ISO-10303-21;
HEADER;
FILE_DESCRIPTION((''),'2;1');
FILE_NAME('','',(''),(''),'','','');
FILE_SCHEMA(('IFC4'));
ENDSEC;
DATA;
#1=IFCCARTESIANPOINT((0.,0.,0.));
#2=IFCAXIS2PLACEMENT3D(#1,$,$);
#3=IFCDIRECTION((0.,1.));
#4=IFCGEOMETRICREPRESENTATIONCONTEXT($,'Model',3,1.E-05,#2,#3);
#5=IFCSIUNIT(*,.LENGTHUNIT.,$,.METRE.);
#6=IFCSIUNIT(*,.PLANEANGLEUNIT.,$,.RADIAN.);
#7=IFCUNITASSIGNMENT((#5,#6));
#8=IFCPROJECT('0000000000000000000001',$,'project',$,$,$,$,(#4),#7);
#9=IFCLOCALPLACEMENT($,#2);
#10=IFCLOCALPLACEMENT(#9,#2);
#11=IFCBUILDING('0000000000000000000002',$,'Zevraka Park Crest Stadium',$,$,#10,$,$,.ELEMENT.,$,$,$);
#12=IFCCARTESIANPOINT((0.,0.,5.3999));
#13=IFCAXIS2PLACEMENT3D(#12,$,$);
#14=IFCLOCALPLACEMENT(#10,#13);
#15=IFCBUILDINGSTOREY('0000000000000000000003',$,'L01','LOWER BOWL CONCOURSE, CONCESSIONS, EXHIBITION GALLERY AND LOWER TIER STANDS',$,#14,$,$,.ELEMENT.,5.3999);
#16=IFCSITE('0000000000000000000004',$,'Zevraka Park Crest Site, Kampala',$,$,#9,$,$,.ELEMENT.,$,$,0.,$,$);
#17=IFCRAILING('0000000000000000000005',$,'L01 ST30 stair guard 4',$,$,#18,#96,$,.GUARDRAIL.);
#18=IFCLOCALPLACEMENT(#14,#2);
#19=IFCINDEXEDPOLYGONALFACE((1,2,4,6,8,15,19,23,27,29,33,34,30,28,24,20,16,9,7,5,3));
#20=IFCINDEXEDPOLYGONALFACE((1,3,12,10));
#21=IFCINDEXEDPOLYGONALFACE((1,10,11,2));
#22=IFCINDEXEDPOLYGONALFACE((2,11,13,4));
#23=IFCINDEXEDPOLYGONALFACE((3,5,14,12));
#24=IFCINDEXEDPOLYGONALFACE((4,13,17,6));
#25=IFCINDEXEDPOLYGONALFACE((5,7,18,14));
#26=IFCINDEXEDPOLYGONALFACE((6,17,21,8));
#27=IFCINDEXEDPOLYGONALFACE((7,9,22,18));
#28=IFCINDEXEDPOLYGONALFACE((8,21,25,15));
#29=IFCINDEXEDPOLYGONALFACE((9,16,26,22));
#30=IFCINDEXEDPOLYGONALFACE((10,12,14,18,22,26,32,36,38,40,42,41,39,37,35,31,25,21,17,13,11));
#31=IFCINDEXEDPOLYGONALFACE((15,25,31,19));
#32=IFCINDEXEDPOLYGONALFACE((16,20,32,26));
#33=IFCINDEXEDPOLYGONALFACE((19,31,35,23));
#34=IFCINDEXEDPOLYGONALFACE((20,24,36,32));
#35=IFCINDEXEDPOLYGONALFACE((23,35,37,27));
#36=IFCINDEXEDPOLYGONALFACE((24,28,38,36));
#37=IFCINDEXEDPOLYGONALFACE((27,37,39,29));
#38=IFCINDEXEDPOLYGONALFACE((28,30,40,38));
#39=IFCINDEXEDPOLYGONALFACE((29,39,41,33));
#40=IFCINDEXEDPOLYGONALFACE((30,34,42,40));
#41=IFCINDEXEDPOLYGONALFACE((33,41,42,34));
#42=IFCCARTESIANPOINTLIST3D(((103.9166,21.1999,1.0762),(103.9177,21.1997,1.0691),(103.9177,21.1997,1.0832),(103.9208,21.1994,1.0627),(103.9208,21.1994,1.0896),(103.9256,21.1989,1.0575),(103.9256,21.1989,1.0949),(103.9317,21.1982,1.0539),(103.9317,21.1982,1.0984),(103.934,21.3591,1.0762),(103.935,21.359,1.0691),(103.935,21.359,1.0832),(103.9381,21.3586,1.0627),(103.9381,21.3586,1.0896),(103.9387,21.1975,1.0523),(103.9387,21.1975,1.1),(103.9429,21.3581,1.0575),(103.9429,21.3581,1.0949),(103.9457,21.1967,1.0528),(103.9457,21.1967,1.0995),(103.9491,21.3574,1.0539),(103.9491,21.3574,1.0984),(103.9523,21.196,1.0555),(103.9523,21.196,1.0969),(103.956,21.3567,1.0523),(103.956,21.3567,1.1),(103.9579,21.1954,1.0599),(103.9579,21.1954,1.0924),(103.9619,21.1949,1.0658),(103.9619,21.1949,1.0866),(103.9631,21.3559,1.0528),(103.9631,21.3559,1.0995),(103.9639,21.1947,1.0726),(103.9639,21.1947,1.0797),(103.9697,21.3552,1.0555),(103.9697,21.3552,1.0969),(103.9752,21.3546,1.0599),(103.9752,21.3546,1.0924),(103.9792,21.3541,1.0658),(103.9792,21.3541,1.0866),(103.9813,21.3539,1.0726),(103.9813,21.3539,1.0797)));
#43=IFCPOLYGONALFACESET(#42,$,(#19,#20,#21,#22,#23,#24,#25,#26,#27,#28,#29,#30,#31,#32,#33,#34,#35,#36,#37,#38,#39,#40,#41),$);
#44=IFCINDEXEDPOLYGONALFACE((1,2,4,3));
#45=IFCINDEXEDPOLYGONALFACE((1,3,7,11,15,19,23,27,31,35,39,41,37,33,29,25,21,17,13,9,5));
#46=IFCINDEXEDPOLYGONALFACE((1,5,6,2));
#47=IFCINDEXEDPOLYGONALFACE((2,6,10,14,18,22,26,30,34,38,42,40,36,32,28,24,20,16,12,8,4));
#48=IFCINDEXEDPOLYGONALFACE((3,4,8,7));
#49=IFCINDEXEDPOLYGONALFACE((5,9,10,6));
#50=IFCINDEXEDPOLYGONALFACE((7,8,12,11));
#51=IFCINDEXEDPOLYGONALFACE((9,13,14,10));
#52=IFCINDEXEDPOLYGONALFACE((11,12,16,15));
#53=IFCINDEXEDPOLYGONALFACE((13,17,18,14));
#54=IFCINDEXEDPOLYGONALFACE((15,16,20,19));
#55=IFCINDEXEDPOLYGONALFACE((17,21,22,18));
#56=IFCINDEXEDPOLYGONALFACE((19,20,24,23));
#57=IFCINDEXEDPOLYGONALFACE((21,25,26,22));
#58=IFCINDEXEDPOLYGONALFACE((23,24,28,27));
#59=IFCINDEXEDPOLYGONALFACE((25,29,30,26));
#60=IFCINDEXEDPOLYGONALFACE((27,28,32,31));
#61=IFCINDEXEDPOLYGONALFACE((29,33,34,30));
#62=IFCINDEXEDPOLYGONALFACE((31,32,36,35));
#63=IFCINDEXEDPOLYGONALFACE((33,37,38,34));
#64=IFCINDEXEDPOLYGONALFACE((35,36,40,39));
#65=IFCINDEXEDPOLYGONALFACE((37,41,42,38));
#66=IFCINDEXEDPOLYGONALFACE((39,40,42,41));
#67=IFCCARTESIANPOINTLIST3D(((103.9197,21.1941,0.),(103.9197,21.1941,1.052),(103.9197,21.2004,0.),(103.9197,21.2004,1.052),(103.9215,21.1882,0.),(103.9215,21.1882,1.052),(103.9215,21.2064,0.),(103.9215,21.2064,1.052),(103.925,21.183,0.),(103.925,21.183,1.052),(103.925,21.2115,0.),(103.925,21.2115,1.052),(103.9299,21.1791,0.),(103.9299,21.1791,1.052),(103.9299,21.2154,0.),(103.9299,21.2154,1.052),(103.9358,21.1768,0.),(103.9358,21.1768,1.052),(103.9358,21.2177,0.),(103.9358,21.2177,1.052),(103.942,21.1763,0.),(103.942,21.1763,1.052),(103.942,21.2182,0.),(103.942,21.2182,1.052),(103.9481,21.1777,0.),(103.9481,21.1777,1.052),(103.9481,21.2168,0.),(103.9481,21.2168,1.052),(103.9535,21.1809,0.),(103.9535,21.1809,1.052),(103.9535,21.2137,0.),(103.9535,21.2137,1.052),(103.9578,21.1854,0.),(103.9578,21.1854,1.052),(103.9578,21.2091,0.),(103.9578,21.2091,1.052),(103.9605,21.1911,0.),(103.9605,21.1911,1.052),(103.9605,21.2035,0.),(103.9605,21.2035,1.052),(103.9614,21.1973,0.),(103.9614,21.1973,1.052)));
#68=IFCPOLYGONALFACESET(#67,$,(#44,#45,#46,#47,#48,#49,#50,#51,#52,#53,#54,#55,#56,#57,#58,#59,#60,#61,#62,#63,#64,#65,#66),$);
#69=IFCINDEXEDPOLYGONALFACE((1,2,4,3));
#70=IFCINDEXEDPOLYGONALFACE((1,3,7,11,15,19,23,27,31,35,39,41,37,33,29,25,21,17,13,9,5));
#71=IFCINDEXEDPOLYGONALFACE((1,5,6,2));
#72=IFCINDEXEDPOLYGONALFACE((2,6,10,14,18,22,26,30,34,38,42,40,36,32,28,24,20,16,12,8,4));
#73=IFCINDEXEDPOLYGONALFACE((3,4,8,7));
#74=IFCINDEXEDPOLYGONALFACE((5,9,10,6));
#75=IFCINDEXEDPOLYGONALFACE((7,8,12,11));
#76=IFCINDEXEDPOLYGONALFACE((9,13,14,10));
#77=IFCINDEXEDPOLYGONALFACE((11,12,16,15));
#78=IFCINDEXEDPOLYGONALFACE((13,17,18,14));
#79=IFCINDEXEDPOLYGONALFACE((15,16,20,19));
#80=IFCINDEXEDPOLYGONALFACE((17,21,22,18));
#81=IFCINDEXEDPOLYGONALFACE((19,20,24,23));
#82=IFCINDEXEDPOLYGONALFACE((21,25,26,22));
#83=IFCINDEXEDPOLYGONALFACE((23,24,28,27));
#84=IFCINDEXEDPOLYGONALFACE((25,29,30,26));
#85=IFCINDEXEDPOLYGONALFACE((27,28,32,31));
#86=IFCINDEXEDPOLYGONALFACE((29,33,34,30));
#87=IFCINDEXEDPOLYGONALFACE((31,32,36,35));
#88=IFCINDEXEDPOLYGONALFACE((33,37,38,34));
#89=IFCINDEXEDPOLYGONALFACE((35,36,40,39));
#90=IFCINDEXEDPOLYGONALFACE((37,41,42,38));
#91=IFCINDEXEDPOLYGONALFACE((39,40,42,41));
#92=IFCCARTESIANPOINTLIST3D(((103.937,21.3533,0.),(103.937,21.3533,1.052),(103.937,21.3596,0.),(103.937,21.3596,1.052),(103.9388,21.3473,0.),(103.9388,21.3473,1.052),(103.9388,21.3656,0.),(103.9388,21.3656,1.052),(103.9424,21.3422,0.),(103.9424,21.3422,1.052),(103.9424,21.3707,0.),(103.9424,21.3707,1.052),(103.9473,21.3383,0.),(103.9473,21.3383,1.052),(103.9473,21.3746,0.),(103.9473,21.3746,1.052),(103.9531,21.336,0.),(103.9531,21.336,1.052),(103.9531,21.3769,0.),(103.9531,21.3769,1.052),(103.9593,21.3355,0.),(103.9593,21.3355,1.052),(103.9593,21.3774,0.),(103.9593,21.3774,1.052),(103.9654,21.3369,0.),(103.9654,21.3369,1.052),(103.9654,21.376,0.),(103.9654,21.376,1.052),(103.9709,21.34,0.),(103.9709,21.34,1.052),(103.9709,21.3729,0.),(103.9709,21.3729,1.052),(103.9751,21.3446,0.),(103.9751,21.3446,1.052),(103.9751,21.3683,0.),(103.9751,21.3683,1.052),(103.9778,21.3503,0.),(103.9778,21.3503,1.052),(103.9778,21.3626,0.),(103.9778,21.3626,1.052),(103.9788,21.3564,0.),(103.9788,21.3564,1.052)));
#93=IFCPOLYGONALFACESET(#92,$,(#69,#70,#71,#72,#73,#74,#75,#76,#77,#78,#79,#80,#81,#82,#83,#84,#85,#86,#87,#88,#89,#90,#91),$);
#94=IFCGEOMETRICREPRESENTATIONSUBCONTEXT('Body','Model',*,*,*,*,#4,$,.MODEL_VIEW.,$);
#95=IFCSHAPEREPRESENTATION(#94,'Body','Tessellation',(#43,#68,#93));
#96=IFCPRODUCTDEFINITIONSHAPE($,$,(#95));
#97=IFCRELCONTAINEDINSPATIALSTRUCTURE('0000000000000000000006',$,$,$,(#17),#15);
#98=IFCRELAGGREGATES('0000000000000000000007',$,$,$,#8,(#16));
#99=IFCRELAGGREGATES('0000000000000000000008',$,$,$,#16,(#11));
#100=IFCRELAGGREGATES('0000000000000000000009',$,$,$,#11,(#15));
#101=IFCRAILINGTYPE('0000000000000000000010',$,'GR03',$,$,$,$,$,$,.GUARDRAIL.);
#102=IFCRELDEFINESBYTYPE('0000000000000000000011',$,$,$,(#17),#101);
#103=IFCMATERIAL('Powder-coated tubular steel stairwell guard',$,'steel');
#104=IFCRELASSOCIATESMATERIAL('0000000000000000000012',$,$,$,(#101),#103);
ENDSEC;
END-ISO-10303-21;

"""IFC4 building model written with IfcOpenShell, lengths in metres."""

from ifc_helpers import new_model, si_unit, direction, frame, origin, origin_2d, place, context, subcontext, project, spatial, circle, extrude, material, type_object, element, save


model = new_model("IFC4")

# Units and contexts
model_context = context("Model", 3, precision=1e-05, world=origin(), true_north=direction((0.0, 1.0)))
body_context = subcontext(model_context, "Body", "Model", "MODEL_VIEW")
ifc_project = project(units=[si_unit("LENGTHUNIT", "METRE"), si_unit("PLANEANGLEUNIT", "RADIAN")], contexts=[model_context])

# Site, building, storey
site_placement = place(None, origin())
site = spatial("IfcSite", under=ifc_project, at=site_placement, Name="Zevraka Park Crest Site, Kampala", CompositionType="ELEMENT", RefElevation=0.0)
building_placement = place(site_placement, origin())
building = spatial("IfcBuilding", under=site, at=building_placement, Name="Zevraka Park Crest Stadium", CompositionType="ELEMENT")
storey_placement = place(building_placement, frame((0.0, 0.0, 5.3999)))
storey = spatial("IfcBuildingStorey", under=building, at=storey_placement, Name="L01", Description="LOWER BOWL CONCOURSE, CONCESSIONS, EXHIBITION GALLERY AND LOWER TIER STANDS", CompositionType="ELEMENT", Elevation=5.3999)

# Railing
ifc_material_1 = material(Name="Powder-coated tubular steel stairwell guard", Category="steel")
railing_type_1 = type_object("IfcRailingType", Name="GR03", PredefinedType="GUARDRAIL", material=ifc_material_1)
railing_1_placement = place(storey_placement, frame((103.9404, 21.1973, 0.0)))
element("IfcRailing", 1, at=railing_1_placement, inside=storey, type_object=railing_type_1, Name="L01 ST30 stair guard 4", PredefinedType="GUARDRAIL", context=body_context, shape_type="SweptSolid", body=[
    extrude(circle(Radius=0.0239, at=origin_2d()), frame((0.0, 0.0, 1.0762), z_axis=(0.108256, 0.994123, 0.0), x_axis=(-0.994123, 0.108256, 0.0)), (0.0, 0.0, 1.0), 0.1602),
    extrude(circle(Radius=0.021, at=origin_2d()), origin(), (0.0, 0.0, 1.0), 1.052),
    extrude(circle(Radius=0.021, at=origin_2d()), frame((0.0173, 0.1592, 0.0)), (0.0, 0.0, 1.0), 1.052),
])

save(model, "model.ifc")
